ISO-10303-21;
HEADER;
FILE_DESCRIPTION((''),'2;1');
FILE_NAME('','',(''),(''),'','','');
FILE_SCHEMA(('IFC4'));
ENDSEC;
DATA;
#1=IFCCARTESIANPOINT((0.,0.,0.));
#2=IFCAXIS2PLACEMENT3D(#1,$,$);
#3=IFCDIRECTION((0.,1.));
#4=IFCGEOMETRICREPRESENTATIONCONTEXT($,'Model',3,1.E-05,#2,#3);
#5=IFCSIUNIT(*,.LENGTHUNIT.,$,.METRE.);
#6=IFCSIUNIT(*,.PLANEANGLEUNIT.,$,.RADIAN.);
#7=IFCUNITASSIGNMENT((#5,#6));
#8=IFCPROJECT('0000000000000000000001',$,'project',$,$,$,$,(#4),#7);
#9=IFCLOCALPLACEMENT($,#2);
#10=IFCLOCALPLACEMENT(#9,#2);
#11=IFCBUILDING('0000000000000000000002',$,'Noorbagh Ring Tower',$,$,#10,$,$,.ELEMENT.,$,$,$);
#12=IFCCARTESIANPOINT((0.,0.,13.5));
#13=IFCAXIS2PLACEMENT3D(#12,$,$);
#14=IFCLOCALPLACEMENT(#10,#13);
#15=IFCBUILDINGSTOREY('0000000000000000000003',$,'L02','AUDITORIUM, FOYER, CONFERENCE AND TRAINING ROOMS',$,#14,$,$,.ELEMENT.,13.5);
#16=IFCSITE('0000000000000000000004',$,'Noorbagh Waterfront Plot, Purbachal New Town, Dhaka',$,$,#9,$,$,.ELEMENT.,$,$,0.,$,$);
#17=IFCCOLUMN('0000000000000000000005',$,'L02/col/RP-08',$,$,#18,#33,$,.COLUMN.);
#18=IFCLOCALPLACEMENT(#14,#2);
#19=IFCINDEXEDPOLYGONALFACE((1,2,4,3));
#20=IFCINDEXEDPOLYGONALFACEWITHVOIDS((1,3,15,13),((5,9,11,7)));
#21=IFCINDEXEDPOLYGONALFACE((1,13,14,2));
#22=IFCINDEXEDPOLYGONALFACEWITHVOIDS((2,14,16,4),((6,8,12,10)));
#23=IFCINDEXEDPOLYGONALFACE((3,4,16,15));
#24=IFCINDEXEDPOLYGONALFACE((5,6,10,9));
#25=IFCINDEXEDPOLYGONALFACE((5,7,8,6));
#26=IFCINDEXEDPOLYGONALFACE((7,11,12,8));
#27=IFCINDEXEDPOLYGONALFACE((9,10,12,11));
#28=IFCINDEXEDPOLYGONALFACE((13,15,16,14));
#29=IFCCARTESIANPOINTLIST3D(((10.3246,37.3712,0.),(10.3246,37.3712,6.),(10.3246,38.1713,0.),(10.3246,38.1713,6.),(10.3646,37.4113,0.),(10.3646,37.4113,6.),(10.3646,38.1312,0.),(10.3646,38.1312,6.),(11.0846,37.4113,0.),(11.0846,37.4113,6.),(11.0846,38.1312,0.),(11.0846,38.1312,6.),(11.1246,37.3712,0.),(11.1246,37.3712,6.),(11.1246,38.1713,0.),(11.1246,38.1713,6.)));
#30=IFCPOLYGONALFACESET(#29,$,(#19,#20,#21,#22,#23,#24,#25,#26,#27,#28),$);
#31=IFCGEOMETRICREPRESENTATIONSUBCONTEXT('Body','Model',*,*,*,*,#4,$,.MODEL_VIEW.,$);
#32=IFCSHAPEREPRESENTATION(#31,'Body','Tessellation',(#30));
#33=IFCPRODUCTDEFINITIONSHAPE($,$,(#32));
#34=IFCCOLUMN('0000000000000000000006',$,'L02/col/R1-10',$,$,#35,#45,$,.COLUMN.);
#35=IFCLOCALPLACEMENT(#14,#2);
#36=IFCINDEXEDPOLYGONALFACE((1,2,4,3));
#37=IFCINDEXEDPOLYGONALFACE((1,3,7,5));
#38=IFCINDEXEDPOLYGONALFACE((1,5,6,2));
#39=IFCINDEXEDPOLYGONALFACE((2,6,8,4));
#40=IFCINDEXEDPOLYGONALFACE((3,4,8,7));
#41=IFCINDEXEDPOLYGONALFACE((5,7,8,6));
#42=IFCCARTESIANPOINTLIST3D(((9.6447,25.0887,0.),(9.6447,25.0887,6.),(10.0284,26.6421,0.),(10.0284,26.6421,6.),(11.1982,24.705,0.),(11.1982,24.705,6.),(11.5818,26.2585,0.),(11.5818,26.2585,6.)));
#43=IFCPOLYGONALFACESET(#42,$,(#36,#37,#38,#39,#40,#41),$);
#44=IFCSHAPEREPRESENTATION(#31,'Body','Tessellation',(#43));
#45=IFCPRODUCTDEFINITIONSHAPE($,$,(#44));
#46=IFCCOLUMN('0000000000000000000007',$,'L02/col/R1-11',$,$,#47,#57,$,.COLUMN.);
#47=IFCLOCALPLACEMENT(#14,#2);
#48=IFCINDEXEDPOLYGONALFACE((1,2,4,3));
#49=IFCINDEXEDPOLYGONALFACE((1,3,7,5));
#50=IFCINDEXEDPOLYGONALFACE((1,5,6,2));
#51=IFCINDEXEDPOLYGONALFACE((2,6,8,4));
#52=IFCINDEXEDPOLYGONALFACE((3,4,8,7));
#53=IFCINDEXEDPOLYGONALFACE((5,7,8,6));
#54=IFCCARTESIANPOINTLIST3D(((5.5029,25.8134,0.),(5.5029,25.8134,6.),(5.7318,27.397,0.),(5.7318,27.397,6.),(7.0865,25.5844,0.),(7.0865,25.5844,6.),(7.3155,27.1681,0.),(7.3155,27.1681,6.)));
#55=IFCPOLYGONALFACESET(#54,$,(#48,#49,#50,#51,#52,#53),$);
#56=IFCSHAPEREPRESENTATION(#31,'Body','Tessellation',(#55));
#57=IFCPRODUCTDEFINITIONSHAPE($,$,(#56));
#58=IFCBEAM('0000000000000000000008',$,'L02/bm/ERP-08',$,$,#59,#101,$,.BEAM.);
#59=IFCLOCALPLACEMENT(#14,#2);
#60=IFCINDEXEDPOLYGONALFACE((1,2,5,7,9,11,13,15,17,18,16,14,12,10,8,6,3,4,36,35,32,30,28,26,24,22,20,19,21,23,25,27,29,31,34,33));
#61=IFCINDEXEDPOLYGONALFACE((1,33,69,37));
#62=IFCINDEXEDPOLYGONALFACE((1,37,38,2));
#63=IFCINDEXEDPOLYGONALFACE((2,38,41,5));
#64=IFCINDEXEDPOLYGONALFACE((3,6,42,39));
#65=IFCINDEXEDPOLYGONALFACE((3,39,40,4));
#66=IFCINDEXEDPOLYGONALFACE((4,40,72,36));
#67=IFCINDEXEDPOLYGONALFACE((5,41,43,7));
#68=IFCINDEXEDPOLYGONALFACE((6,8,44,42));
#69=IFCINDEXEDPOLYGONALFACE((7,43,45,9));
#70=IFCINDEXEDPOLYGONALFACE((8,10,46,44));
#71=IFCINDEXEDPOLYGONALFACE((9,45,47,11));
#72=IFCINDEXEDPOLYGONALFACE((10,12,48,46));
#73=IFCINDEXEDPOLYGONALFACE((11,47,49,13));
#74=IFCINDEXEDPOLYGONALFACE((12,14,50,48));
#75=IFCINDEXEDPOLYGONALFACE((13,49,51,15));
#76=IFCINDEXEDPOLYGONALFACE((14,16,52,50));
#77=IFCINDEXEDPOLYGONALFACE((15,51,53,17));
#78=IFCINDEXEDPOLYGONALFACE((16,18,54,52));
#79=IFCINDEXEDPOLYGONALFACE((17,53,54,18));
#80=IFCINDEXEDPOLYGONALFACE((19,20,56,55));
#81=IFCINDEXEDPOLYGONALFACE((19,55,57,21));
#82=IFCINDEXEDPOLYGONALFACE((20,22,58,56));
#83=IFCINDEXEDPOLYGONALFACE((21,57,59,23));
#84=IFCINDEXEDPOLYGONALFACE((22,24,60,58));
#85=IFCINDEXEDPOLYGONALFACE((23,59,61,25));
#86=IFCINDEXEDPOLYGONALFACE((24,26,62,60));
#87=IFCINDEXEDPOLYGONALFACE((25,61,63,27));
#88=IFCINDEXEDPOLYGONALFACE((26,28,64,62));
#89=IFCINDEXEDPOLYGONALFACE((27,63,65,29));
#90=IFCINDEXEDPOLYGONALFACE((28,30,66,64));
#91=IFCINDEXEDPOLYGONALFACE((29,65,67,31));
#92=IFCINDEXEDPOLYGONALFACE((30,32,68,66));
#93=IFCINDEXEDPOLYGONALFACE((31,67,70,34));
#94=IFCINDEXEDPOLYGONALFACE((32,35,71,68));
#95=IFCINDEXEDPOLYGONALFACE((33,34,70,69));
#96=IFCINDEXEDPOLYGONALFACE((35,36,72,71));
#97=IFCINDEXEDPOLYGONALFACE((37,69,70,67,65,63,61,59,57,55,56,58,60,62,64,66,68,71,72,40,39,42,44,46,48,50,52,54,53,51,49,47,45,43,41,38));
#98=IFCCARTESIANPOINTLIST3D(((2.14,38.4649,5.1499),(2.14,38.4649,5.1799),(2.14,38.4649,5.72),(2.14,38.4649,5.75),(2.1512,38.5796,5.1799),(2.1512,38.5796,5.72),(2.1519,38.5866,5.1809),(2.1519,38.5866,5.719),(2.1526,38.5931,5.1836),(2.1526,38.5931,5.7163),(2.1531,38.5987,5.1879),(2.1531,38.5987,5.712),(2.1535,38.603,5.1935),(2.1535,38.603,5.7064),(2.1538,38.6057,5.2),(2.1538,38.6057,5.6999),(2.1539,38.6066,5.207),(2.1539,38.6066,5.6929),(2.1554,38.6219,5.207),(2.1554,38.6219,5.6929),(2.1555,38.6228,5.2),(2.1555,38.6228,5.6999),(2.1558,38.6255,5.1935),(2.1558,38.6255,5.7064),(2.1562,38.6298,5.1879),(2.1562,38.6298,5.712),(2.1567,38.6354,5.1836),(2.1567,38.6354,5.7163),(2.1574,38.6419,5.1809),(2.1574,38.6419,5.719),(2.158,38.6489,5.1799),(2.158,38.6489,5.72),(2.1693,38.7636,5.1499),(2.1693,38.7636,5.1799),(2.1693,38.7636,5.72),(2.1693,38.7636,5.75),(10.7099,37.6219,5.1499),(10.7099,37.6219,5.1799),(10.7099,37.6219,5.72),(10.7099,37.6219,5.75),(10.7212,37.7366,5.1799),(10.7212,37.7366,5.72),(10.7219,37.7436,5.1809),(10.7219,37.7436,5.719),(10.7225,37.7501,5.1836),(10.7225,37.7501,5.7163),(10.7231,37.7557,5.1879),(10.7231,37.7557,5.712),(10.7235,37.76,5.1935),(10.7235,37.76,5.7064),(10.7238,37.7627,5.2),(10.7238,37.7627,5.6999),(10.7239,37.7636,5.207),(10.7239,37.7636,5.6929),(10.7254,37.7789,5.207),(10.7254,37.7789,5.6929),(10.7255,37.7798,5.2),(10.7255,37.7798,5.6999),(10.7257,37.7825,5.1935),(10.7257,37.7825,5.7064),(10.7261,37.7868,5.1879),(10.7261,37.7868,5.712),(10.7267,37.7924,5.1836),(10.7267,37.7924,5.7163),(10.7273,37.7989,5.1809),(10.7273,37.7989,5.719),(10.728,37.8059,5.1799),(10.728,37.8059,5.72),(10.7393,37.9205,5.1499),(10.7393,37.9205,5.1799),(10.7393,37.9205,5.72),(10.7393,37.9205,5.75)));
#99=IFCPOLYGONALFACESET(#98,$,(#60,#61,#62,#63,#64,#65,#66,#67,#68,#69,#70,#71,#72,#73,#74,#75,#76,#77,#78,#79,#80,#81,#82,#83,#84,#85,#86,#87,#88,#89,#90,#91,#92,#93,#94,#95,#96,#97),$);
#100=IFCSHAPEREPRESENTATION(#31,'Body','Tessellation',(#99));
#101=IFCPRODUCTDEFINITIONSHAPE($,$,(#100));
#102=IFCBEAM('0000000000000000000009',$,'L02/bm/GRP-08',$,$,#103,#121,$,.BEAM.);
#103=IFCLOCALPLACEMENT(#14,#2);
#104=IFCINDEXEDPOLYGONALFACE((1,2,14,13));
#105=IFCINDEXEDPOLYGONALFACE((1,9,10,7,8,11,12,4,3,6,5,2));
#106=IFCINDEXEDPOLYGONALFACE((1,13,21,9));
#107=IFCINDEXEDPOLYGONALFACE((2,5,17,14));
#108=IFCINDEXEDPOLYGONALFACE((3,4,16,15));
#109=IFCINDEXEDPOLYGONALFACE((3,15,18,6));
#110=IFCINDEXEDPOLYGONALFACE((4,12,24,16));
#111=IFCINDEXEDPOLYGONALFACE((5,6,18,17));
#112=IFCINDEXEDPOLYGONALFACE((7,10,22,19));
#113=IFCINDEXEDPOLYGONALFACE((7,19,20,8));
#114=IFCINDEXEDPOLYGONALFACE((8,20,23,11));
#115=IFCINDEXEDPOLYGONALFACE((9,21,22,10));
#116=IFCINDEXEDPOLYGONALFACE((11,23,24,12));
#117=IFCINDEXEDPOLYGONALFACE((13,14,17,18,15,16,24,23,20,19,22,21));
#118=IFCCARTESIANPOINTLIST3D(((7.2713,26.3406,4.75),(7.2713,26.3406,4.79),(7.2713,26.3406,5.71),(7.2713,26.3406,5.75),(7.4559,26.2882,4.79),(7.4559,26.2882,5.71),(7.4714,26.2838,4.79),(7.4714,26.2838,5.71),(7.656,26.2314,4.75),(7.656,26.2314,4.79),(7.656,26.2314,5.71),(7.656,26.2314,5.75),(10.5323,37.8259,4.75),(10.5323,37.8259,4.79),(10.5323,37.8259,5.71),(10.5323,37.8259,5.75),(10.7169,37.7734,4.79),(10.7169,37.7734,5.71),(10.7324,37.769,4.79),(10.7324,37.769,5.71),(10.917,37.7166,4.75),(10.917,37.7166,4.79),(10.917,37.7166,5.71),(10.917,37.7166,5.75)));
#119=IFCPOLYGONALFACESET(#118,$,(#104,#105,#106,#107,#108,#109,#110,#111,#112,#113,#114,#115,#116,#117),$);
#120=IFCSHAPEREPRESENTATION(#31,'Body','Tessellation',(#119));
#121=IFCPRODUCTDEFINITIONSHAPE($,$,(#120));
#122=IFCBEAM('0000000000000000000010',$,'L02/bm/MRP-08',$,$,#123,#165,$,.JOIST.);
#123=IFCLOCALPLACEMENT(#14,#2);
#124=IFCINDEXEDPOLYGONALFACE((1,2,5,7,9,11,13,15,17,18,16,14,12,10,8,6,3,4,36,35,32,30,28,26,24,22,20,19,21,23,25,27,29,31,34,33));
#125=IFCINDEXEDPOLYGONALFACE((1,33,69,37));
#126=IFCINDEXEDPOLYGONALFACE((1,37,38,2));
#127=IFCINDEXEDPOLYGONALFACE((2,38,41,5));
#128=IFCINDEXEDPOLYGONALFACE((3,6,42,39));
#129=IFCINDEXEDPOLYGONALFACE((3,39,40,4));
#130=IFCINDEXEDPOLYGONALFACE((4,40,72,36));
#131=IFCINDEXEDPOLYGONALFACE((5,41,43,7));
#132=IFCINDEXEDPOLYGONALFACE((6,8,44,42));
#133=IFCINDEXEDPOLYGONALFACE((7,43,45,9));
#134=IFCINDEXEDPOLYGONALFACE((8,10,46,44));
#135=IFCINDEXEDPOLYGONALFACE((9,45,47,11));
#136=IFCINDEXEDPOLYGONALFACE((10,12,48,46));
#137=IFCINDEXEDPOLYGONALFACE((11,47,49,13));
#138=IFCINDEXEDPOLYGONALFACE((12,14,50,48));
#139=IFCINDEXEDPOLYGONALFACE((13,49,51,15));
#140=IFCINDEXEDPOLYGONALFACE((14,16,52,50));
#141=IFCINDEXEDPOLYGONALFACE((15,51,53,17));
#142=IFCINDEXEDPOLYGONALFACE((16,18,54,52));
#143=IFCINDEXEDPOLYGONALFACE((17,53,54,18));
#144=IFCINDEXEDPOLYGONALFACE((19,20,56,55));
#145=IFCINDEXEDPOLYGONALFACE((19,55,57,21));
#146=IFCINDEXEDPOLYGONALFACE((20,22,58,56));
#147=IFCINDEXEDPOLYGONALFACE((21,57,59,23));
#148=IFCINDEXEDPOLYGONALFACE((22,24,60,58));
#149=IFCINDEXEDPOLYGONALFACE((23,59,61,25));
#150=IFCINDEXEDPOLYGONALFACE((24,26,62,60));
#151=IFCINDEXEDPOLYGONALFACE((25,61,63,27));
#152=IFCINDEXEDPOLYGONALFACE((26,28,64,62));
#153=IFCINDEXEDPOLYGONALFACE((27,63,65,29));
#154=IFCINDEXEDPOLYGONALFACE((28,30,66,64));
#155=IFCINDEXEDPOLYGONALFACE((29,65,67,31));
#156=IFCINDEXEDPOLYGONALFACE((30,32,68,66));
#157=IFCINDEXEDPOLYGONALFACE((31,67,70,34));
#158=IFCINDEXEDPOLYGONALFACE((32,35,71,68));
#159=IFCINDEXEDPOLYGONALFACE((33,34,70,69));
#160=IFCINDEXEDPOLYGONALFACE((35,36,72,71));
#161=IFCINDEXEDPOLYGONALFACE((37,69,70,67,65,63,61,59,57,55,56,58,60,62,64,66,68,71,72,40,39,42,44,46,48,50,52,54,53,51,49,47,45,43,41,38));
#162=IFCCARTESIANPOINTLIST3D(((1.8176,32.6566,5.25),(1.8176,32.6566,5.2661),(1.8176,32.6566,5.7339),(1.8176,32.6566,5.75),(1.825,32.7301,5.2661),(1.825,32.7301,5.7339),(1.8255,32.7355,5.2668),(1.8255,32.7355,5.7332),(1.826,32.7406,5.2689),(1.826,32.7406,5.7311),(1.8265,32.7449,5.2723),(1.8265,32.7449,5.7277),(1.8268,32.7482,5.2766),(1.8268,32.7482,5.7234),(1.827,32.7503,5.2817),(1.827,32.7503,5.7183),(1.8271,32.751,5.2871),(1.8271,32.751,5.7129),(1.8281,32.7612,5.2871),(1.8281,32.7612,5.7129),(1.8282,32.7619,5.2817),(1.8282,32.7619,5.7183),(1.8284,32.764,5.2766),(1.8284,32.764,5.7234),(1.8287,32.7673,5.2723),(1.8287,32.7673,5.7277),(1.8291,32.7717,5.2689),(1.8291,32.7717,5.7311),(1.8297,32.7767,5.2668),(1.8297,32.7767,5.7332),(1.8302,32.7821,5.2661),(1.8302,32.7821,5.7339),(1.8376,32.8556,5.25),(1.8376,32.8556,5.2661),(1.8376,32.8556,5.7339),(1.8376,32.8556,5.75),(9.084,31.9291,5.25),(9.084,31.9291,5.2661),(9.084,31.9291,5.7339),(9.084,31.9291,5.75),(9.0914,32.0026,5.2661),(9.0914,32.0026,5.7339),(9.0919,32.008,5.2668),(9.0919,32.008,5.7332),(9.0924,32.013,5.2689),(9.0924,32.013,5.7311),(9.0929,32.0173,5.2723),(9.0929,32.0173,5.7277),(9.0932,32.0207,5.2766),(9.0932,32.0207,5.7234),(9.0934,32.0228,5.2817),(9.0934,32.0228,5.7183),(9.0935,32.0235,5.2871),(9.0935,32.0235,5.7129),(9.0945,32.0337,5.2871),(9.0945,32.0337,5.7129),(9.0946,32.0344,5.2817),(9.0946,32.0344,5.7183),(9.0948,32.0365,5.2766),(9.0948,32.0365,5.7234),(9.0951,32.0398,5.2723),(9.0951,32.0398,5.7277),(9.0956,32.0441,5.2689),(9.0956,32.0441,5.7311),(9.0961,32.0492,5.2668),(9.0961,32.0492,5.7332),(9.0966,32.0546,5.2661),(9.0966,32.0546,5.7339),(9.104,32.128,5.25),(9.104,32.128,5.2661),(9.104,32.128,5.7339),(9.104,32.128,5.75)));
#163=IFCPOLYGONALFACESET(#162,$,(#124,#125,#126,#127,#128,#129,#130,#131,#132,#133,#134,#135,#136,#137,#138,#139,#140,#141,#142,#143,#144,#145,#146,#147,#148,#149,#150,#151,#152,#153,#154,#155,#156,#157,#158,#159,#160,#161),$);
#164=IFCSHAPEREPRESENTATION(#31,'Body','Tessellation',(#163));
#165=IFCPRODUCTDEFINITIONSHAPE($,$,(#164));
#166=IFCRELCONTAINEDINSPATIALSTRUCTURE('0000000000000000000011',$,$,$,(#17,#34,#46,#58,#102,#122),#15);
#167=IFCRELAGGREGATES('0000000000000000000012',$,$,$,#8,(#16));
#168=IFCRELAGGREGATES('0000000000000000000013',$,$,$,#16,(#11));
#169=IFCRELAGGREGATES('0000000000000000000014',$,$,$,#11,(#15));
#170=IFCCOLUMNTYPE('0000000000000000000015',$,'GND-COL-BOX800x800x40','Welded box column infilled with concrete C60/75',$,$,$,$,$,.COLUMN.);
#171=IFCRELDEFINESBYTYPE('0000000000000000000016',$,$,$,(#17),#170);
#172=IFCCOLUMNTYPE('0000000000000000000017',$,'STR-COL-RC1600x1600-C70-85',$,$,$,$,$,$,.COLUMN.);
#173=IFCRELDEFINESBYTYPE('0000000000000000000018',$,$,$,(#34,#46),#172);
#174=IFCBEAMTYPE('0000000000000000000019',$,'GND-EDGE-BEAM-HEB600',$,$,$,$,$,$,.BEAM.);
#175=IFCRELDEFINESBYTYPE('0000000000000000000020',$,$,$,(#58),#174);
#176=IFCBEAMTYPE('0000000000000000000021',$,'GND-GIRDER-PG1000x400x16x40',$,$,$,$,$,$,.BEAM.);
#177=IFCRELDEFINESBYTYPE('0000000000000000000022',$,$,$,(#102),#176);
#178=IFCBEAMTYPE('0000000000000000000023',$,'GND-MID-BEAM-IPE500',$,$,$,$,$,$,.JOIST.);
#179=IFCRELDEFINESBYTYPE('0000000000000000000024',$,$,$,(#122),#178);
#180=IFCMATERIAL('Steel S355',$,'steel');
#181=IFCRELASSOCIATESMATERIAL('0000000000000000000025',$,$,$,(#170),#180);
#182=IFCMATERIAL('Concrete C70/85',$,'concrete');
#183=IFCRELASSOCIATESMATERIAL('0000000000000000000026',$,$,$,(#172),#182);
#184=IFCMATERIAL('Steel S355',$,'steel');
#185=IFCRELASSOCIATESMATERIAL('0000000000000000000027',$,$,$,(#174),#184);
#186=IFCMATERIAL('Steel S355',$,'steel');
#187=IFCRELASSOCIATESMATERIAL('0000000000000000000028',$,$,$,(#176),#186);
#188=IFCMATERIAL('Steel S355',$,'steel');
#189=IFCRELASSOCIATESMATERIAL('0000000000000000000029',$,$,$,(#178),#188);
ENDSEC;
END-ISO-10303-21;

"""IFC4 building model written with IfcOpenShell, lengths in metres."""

from ifc_helpers import new_model, si_unit, direction, frame, origin, origin_2d, place, context, subcontext, project, spatial, rectangle, hollow_rectangle, i_section, extrude, material, material_profile, profile_set, type_object, element, save


model = new_model("IFC4")

# Units and contexts
model_context = context("Model", 3, precision=1e-05, world=origin(), true_north=direction((0.0, 1.0)))
body_context = subcontext(model_context, "Body", "Model", "MODEL_VIEW")
ifc_project = project(units=[si_unit("LENGTHUNIT", "METRE"), si_unit("PLANEANGLEUNIT", "RADIAN")], contexts=[model_context])

# Site, building, storey
site_placement = place(None, origin())
site = spatial("IfcSite", under=ifc_project, at=site_placement, Name="Noorbagh Waterfront Plot, Purbachal New Town, Dhaka", CompositionType="ELEMENT", RefElevation=0.0)
building_placement = place(site_placement, origin())
building = spatial("IfcBuilding", under=site, at=building_placement, Name="Noorbagh Ring Tower", CompositionType="ELEMENT")
storey_placement = place(building_placement, frame((0.0, 0.0, 13.5)))
storey = spatial("IfcBuildingStorey", under=building, at=storey_placement, Name="L02", Description="AUDITORIUM, FOYER, CONFERENCE AND TRAINING ROOMS", CompositionType="ELEMENT", Elevation=13.5)

# Columns
ifc_material_1 = material(Name="Steel S355", Category="steel")
ifc_material_profile_1 = material_profile(ifc_material_1, hollow_rectangle(XDim=0.8, YDim=0.8, WallThickness=0.04, at=origin_2d()), Name="BOX800x800x40")
ifc_profile_set_1 = profile_set([ifc_material_profile_1], Name="Steel S355")
column_type_1 = type_object("IfcColumnType", Name="GND-COL-BOX800x800x40", Description="Welded box column infilled with concrete C60/75", PredefinedType="COLUMN", material=ifc_profile_set_1)
column_placement = place(storey_placement, frame((10.7246, 37.7712, 0.0), z_axis=(0.0, 0.0, 1.0), x_axis=(1.0, 0.0, 0.0)))
element("IfcColumn", 1, at=column_placement, inside=storey, type_object=column_type_1, Name="L02/col/RP-08", PredefinedType="COLUMN", context=body_context, shape_type="SweptSolid", body=[
    extrude(hollow_rectangle(XDim=0.8, YDim=0.8, WallThickness=0.04, at=origin_2d()), origin(), (0.0, 0.0, 1.0), 6.0),
])
ifc_material_2 = material(Name="Concrete C70/85", Category="concrete")
ifc_material_profile_2 = material_profile(ifc_material_2, rectangle(XDim=1.6001, YDim=1.6001, at=origin_2d()), Name="RC1600x1600")
ifc_profile_set_2 = profile_set([ifc_material_profile_2], Name="Concrete C70/85")
column_type_2 = type_object("IfcColumnType", Name="STR-COL-RC1600x1600-C70-85", PredefinedType="COLUMN", material=ifc_profile_set_2)
for number, where, z_axis, x_axis, name in (
    (2, (10.6133, 25.6736, 0.0), (0.0, 0.0, 1.0), (-0.970829, 0.239771, 0.0), "L02/col/R1-10"),
    (3, (6.4092, 26.4907, 0.0), (0.0, 0.0, 1.0), (-0.989713, 0.143066, 0.0), "L02/col/R1-11"),
):
    element("IfcColumn", number, at=place(storey_placement, frame(where, z_axis=z_axis, x_axis=x_axis)), inside=storey, type_object=column_type_2, Name=name, PredefinedType="COLUMN", context=body_context, shape_type="SweptSolid", body=[
        extrude(rectangle(XDim=1.6001, YDim=1.6001, at=origin_2d()), origin(), (0.0, 0.0, 1.0), 6.0),
    ])

# Beams
ifc_material_3 = material(Name="Steel S355", Category="steel")
ifc_material_profile_3 = material_profile(ifc_material_3, i_section(OverallWidth=0.3, OverallDepth=0.6001, WebThickness=0.0154, FlangeThickness=0.03, FilletRadius=0.0271, at=origin_2d()), Name="HEB600")
ifc_profile_set_3 = profile_set([ifc_material_profile_3], Name="Steel S355")
beam_type_1 = type_object("IfcBeamType", Name="GND-EDGE-BEAM-HEB600", PredefinedType="BEAM", material=ifc_profile_set_3)
beam_1_placement = place(storey_placement, frame((10.7246, 37.7712, 5.45), z_axis=(-0.995197, 0.097895, 0.0), x_axis=(-0.097895, -0.995197, 0.0)))
element("IfcBeam", 4, at=beam_1_placement, inside=storey, type_object=beam_type_1, Name="L02/bm/ERP-08", PredefinedType="BEAM", context=body_context, shape_type="SweptSolid", body=[
    extrude(i_section(OverallWidth=0.3, OverallDepth=0.6001, WebThickness=0.0154, FlangeThickness=0.03, FilletRadius=0.0271, at=origin_2d()), origin(), (0.0, 0.0, 1.0), 8.6113),
])
ifc_material_4 = material(Name="Steel S355", Category="steel")
ifc_material_profile_4 = material_profile(ifc_material_4, i_section(OverallWidth=0.3999, OverallDepth=1.0, WebThickness=0.0161, FlangeThickness=0.04, at=origin_2d()), Name="PG1000x400x16x40")
ifc_profile_set_4 = profile_set([ifc_material_profile_4], Name="Steel S355")
beam_type_2 = type_object("IfcBeamType", Name="GND-GIRDER-PG1000x400x16x40", PredefinedType="BEAM", material=ifc_profile_set_4)
beam_2_placement = place(storey_placement, frame((10.7246, 37.7712, 5.25), z_axis=(-0.27313, -0.961977, 0.0), x_axis=(0.961977, -0.27313, 0.0)))
element("IfcBeam", 5, at=beam_2_placement, inside=storey, type_object=beam_type_2, Name="L02/bm/GRP-08", PredefinedType="BEAM", context=body_context, shape_type="SweptSolid", body=[
    extrude(i_section(OverallWidth=0.3999, OverallDepth=1.0, WebThickness=0.0161, FlangeThickness=0.04, at=origin_2d()), origin(), (0.0, 0.0, 1.0), 11.9392),
])
ifc_material_5 = material(Name="Steel S355", Category="steel")
ifc_material_profile_5 = material_profile(ifc_material_5, i_section(OverallWidth=0.2, OverallDepth=0.5, WebThickness=0.0103, FlangeThickness=0.0161, FilletRadius=0.021, at=origin_2d()), Name="IPE500")
ifc_profile_set_5 = profile_set([ifc_material_profile_5], Name="Steel S355")
beam_type_3 = type_object("IfcBeamType", Name="GND-MID-BEAM-IPE500", PredefinedType="JOIST", material=ifc_profile_set_5)
beam_3_placement = place(storey_placement, frame((9.094, 32.0286, 5.5), z_axis=(-0.995025, 0.099626, 0.0), x_axis=(-0.099626, -0.995025, 0.0)))
element("IfcBeam", 6, at=beam_3_placement, inside=storey, type_object=beam_type_3, Name="L02/bm/MRP-08", PredefinedType="JOIST", context=body_context, shape_type="SweptSolid", body=[
    extrude(i_section(OverallWidth=0.2, OverallDepth=0.5, WebThickness=0.0103, FlangeThickness=0.0161, FilletRadius=0.021, at=origin_2d()), origin(), (0.0, 0.0, 1.0), 7.3027),
])

save(model, "model.ifc")
